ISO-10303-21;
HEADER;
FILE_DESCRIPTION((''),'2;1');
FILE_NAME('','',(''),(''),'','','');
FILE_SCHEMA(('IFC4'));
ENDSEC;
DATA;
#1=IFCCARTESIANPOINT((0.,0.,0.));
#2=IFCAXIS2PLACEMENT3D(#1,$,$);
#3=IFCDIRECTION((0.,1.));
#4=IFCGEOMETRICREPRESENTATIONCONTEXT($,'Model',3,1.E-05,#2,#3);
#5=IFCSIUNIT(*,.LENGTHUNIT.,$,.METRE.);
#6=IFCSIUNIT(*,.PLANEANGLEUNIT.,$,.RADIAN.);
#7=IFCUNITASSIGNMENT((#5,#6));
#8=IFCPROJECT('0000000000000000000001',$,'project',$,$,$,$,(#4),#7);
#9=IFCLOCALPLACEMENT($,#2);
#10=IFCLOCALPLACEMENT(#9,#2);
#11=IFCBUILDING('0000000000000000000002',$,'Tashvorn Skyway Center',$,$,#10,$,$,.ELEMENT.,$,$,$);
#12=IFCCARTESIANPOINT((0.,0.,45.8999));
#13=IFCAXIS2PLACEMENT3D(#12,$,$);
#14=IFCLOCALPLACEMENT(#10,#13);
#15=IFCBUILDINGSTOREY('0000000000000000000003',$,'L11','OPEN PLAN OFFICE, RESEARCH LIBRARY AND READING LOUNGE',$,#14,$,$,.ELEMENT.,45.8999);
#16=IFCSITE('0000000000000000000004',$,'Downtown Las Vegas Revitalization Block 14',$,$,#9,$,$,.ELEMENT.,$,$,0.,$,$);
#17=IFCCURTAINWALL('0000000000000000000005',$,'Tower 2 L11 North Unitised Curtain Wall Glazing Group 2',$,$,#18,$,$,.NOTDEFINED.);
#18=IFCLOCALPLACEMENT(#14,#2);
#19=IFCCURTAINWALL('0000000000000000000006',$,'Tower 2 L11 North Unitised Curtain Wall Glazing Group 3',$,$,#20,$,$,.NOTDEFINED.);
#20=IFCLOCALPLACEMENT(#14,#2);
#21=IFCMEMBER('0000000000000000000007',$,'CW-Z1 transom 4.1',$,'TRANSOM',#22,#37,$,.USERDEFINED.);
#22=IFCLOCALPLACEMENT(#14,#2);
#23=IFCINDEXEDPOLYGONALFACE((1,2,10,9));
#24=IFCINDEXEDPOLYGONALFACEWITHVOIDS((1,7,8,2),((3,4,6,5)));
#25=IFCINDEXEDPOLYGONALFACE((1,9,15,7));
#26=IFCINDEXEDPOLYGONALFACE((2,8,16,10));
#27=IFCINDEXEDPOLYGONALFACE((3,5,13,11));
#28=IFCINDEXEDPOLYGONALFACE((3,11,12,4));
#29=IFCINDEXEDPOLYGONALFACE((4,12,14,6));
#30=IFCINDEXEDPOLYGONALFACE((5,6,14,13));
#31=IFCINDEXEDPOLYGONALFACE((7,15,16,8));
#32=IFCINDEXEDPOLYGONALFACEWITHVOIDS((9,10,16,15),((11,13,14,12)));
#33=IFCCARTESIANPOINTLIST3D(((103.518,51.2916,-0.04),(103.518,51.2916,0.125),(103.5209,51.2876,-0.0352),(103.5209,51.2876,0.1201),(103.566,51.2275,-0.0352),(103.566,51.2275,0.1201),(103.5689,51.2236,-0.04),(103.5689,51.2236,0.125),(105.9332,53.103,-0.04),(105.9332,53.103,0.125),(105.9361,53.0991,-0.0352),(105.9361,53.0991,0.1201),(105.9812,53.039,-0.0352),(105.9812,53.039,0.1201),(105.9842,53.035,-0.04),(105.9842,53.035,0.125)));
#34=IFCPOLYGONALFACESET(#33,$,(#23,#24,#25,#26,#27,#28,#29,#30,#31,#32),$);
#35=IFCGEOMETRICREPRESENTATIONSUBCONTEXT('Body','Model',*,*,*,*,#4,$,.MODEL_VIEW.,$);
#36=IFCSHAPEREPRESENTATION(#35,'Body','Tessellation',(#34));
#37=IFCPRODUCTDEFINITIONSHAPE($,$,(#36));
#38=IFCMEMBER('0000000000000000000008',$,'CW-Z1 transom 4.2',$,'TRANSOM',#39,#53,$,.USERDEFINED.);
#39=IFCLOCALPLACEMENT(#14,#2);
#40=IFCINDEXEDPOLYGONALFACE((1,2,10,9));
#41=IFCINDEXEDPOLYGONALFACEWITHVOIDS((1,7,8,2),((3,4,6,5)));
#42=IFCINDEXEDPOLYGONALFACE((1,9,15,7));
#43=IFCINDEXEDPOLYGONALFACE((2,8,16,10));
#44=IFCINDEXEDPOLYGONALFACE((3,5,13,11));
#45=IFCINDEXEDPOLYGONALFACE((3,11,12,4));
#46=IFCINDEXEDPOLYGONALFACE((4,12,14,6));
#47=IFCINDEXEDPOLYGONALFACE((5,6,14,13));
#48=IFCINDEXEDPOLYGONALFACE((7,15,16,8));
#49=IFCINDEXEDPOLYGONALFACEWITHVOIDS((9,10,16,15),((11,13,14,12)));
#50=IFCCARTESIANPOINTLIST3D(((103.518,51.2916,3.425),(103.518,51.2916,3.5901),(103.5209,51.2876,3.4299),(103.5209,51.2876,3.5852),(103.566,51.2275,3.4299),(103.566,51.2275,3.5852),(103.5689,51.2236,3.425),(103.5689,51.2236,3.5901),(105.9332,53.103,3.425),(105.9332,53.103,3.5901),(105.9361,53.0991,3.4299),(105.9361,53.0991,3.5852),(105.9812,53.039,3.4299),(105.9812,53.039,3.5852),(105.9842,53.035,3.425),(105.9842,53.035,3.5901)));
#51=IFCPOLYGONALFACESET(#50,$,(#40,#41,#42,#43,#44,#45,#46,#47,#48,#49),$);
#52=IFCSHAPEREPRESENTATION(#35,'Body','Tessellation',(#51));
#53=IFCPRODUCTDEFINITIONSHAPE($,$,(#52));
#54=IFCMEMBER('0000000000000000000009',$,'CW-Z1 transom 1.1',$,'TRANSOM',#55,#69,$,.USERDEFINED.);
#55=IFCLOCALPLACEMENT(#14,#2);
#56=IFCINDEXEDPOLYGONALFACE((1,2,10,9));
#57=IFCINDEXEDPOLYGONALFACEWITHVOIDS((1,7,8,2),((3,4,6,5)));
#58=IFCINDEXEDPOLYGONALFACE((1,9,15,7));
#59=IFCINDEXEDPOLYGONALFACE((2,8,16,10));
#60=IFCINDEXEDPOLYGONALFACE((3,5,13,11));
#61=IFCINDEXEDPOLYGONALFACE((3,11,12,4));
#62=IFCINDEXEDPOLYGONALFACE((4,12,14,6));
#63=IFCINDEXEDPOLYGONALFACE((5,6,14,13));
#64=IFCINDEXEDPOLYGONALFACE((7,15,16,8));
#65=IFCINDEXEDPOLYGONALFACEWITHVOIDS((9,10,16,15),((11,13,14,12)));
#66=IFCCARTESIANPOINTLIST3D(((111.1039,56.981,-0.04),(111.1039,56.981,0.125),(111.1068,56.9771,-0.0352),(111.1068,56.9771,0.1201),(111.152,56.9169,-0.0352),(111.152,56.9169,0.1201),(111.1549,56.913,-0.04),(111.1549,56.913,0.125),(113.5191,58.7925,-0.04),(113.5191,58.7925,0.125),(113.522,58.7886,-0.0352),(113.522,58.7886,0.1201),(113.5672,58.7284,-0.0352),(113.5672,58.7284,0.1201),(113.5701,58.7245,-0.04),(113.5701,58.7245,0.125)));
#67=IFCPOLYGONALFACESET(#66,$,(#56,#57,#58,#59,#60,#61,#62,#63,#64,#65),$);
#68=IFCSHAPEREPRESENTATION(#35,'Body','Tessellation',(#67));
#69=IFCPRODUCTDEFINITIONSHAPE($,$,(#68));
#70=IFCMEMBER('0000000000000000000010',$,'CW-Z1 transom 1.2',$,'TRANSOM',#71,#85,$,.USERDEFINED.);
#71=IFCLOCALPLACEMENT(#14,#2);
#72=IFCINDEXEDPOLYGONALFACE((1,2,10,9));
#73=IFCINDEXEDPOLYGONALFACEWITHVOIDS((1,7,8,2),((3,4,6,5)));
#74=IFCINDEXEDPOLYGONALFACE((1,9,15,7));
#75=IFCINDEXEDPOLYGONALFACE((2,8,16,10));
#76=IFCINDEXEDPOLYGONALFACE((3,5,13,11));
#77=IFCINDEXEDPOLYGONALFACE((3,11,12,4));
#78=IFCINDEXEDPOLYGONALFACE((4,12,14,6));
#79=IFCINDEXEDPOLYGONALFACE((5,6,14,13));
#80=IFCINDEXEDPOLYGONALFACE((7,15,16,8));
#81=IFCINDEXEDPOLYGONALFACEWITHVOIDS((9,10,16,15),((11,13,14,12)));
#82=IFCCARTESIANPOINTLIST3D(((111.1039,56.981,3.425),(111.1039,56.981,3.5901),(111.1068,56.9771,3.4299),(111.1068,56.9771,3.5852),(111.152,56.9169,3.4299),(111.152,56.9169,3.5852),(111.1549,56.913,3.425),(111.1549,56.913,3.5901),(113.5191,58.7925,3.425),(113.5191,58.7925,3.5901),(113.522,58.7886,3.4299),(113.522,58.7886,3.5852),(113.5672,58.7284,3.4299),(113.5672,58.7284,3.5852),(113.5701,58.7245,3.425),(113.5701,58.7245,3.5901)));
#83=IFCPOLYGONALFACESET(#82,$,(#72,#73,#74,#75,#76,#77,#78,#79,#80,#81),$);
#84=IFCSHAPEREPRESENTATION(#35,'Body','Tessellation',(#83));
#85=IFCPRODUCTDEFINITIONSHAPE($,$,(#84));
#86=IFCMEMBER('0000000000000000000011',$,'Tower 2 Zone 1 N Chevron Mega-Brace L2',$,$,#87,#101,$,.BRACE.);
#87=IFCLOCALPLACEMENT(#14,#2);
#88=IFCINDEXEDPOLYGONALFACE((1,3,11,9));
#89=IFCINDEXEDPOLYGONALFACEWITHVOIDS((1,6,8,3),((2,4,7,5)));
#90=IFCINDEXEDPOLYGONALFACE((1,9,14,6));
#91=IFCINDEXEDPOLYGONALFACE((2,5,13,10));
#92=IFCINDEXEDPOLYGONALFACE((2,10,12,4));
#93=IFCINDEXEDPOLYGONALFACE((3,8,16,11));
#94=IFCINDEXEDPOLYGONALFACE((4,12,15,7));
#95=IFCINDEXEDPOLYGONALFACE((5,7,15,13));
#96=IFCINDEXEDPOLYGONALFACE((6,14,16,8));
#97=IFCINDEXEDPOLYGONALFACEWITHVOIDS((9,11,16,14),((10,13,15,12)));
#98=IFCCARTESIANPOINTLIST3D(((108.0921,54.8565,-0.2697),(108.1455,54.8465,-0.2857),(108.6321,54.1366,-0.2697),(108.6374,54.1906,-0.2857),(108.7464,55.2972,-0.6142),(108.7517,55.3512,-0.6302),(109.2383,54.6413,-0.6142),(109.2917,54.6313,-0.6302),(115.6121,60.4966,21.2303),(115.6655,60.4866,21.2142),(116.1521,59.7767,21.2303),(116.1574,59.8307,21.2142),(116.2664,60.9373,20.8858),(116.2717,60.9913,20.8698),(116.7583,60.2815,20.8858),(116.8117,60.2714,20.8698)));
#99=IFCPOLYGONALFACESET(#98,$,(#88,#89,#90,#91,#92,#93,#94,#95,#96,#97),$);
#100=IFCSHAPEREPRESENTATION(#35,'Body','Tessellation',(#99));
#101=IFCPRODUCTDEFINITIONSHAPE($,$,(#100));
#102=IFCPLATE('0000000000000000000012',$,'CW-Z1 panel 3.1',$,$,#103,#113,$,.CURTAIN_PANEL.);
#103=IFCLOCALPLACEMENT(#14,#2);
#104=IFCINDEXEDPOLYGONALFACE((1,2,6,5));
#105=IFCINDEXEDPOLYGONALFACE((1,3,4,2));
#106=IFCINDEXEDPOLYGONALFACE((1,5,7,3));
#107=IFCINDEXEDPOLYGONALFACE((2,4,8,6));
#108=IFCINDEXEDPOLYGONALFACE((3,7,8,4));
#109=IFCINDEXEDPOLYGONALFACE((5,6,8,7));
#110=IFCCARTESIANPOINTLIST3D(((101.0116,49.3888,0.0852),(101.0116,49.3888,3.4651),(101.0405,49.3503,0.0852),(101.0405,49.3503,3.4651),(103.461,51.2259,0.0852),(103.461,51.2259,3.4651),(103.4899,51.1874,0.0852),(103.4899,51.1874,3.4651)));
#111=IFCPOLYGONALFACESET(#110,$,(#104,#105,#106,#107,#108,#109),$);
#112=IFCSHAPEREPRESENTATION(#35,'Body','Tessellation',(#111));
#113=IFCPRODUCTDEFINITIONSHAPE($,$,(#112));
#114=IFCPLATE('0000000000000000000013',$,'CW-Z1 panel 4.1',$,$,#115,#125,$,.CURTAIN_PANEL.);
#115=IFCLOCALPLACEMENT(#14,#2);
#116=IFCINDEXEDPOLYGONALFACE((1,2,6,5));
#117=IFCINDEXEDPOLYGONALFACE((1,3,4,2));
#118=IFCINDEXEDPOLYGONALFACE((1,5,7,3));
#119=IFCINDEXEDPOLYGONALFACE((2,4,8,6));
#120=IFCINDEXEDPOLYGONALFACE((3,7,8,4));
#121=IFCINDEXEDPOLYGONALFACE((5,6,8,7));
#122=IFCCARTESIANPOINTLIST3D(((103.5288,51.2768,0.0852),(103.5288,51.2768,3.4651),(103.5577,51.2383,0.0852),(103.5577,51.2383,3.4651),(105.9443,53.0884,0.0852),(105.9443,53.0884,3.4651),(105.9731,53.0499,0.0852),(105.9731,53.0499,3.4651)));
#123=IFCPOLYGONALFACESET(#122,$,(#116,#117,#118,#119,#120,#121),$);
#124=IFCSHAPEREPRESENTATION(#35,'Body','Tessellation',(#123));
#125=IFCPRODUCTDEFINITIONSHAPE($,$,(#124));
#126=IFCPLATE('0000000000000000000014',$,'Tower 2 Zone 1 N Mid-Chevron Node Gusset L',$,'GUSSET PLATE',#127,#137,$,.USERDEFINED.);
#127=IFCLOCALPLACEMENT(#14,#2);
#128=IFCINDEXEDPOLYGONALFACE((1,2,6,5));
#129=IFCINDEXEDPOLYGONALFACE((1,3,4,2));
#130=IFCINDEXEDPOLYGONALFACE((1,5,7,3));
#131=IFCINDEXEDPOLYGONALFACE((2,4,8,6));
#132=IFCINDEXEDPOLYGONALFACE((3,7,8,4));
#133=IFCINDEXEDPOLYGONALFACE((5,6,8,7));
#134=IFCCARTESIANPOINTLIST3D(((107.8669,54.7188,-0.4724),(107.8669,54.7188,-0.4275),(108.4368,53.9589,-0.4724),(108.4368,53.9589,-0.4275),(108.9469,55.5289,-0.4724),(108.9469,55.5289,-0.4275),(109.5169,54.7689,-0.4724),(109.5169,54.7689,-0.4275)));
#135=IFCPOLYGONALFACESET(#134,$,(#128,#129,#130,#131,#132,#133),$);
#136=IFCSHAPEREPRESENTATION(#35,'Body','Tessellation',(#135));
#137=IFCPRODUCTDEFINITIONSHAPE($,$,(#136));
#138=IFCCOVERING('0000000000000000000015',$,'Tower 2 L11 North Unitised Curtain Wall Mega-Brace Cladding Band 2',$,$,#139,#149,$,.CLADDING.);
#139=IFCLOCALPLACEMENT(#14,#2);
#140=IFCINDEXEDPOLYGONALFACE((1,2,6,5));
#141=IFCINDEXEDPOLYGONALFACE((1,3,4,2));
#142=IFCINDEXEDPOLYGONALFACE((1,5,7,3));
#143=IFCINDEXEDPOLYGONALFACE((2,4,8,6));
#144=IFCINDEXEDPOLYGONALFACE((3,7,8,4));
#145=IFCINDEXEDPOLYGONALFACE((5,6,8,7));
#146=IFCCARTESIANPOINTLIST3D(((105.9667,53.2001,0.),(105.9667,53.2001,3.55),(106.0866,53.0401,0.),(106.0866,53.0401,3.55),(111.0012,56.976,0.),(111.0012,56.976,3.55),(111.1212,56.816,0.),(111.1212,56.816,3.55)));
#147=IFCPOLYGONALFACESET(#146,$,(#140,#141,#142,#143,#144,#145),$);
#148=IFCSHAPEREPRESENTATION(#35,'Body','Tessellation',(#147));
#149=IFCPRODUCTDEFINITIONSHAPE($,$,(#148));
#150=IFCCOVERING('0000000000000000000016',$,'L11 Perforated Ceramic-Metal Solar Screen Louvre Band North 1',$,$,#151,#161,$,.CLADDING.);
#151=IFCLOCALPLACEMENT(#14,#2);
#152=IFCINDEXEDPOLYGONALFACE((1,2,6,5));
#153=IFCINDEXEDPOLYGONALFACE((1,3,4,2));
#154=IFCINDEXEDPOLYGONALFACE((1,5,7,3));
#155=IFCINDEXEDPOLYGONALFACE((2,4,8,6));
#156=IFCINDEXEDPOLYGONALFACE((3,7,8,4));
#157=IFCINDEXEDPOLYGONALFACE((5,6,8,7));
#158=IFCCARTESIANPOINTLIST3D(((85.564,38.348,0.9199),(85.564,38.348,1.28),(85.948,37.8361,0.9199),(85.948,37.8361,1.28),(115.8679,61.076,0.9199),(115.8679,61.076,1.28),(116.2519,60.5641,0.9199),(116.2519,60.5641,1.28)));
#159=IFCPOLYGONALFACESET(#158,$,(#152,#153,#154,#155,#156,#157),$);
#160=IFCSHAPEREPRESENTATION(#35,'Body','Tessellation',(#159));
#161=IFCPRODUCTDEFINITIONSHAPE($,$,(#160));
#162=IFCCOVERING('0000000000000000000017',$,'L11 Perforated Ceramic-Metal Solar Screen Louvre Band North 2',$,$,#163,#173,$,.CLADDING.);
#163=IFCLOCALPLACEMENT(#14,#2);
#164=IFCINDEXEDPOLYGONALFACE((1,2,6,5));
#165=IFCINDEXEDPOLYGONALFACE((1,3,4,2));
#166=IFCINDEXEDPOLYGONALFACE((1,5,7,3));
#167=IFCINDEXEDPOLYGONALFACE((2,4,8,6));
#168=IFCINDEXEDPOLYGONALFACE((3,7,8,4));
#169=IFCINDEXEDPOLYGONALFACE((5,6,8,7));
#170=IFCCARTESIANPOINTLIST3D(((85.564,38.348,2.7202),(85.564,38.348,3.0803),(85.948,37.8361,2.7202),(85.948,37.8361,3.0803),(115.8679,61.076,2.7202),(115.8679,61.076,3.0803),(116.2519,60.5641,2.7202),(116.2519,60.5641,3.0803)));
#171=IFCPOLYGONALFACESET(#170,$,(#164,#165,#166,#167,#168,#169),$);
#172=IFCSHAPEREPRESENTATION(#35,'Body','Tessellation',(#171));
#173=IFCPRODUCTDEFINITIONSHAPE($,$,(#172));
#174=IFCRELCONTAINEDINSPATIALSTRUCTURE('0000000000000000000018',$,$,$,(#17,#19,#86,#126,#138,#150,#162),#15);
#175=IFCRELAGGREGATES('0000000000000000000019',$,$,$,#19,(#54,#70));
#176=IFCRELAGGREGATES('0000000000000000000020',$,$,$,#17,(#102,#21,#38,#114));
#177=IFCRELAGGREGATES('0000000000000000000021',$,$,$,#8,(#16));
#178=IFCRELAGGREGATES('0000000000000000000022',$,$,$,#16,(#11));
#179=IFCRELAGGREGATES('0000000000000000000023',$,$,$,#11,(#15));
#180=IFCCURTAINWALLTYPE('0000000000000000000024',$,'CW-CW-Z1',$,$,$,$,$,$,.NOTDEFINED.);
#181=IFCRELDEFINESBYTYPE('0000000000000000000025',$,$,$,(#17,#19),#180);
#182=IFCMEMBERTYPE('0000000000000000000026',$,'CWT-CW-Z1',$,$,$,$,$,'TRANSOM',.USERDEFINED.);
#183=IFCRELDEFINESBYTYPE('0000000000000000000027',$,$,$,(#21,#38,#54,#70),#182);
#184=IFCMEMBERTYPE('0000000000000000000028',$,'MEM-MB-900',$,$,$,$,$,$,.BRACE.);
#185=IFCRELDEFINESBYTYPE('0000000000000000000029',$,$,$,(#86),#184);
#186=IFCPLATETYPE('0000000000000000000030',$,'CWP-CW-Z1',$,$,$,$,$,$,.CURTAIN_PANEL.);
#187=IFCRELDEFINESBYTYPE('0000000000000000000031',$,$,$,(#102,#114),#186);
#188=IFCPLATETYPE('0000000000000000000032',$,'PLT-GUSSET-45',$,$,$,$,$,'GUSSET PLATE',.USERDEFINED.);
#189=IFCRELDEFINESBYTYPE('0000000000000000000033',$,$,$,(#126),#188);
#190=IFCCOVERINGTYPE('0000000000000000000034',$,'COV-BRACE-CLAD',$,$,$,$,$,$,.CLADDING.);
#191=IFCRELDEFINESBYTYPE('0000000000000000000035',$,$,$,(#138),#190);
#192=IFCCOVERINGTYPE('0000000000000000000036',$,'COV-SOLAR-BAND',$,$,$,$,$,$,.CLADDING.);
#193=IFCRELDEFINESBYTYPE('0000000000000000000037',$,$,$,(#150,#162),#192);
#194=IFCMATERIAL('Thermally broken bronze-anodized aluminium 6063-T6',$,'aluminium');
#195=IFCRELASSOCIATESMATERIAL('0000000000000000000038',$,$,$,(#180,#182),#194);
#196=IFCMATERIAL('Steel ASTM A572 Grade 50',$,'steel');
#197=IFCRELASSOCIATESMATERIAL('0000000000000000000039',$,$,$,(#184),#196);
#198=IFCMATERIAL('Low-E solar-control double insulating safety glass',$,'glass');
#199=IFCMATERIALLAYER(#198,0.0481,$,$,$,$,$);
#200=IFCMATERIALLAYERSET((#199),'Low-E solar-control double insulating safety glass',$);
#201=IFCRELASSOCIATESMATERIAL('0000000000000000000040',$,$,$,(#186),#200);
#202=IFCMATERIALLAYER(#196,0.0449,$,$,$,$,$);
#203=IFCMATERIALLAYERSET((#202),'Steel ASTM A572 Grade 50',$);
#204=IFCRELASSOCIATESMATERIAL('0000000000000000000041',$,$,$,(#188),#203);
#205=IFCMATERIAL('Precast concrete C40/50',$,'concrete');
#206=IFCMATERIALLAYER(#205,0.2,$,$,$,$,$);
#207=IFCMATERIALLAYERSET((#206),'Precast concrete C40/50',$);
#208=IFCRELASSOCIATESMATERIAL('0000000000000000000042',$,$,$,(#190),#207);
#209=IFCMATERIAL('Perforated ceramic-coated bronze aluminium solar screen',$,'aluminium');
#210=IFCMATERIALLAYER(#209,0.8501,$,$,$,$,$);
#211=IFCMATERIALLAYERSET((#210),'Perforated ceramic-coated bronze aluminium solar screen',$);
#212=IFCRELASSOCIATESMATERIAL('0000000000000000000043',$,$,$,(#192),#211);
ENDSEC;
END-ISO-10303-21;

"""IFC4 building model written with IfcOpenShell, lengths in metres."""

from ifc_helpers import new_model, si_unit, direction, frame, origin, origin_2d, place, context, subcontext, project, spatial, rectangle, hollow_rectangle, extrude, material, layer, layer_set, material_profile, profile_set, type_object, element, aggregate, save


model = new_model("IFC4")

# Units and contexts
model_context = context("Model", 3, precision=1e-05, world=origin(), true_north=direction((0.0, 1.0)))
body_context = subcontext(model_context, "Body", "Model", "MODEL_VIEW")
ifc_project = project(units=[si_unit("LENGTHUNIT", "METRE"), si_unit("PLANEANGLEUNIT", "RADIAN")], contexts=[model_context])

# Site, building, storey
site_placement = place(None, origin())
site = spatial("IfcSite", under=ifc_project, at=site_placement, Name="Downtown Las Vegas Revitalization Block 14", CompositionType="ELEMENT", RefElevation=0.0)
building_placement = place(site_placement, origin())
building = spatial("IfcBuilding", under=site, at=building_placement, Name="Tashvorn Skyway Center", CompositionType="ELEMENT")
storey_placement = place(building_placement, frame((0.0, 0.0, 45.8999)))
storey = spatial("IfcBuildingStorey", under=building, at=storey_placement, Name="L11", Description="OPEN PLAN OFFICE, RESEARCH LIBRARY AND READING LOUNGE", CompositionType="ELEMENT", Elevation=45.8999)

# Shared definitions
ifc_material_1 = material(Name="Steel ASTM A572 Grade 50", Category="steel")

# Curtain wall
ifc_material_2 = material(Name="Thermally broken bronze-anodized aluminium 6063-T6", Category="aluminium")
curtain_wall_type = type_object("IfcCurtainWallType", Name="CW-CW-Z1", PredefinedType="NOTDEFINED", material=ifc_material_2)
curtain_wall_1_placement = place(storey_placement, origin())
curtain_wall_1 = element("IfcCurtainWall", 1, at=curtain_wall_1_placement, inside=storey, type_object=curtain_wall_type, Name="Tower 2 L11 North Unitised Curtain Wall Glazing Group 2", PredefinedType="NOTDEFINED")

# Curtain wall
curtain_wall_2_placement = place(storey_placement, origin())
curtain_wall_2 = element("IfcCurtainWall", 2, at=curtain_wall_2_placement, inside=storey, type_object=curtain_wall_type, Name="Tower 2 L11 North Unitised Curtain Wall Glazing Group 3", PredefinedType="NOTDEFINED")

# Members
ifc_material_profile_1 = material_profile(ifc_material_2, hollow_rectangle(XDim=0.085, YDim=0.165, WallThickness=0.0049, at=origin_2d()), Name="ALU-TRAN-85x165")
ifc_profile_set_1 = profile_set([ifc_material_profile_1], Name="Thermally broken bronze-anodized aluminium 6063-T6")
member_type_1 = type_object("IfcMemberType", Name="CWT-CW-Z1", ElementType="TRANSOM", PredefinedType="USERDEFINED", material=ifc_profile_set_1)
member_1_placement = place(storey_placement, frame((103.5435, 51.2576, 0.0425), z_axis=(0.79999, 0.600013, 0.0), x_axis=(-0.600013, 0.79999, 0.0)))
member_1 = element("IfcMember", 3, at=member_1_placement, type_object=member_type_1, Name="CW-Z1 transom 4.1", ObjectType="TRANSOM", PredefinedType="USERDEFINED", context=body_context, shape_type="SweptSolid", body=[
    extrude(hollow_rectangle(XDim=0.085, YDim=0.165, WallThickness=0.0049, at=origin_2d()), origin(), (0.0, 0.0, 1.0), 3.019),
])
member_2_placement = place(storey_placement, frame((103.5435, 51.2576, 3.5076), z_axis=(0.79999, 0.600013, 0.0), x_axis=(-0.600013, 0.79999, 0.0)))
member_2 = element("IfcMember", 4, at=member_2_placement, type_object=member_type_1, Name="CW-Z1 transom 4.2", ObjectType="TRANSOM", PredefinedType="USERDEFINED", context=body_context, shape_type="SweptSolid", body=[
    extrude(hollow_rectangle(XDim=0.085, YDim=0.165, WallThickness=0.0049, at=origin_2d()), origin(), (0.0, 0.0, 1.0), 3.019),
])
member_3_placement = place(storey_placement, frame((111.1294, 56.947, 0.0425), z_axis=(0.79999, 0.600013, 0.0), x_axis=(-0.600013, 0.79999, 0.0)))
member_3 = element("IfcMember", 5, at=member_3_placement, type_object=member_type_1, Name="CW-Z1 transom 1.1", ObjectType="TRANSOM", PredefinedType="USERDEFINED", context=body_context, shape_type="SweptSolid", body=[
    extrude(hollow_rectangle(XDim=0.085, YDim=0.165, WallThickness=0.0049, at=origin_2d()), origin(), (0.0, 0.0, 1.0), 3.019),
])
member_4_placement = place(storey_placement, frame((111.1294, 56.947, 3.5076), z_axis=(0.79999, 0.600013, 0.0), x_axis=(-0.600013, 0.79999, 0.0)))
member_4 = element("IfcMember", 6, at=member_4_placement, type_object=member_type_1, Name="CW-Z1 transom 1.2", ObjectType="TRANSOM", PredefinedType="USERDEFINED", context=body_context, shape_type="SweptSolid", body=[
    extrude(hollow_rectangle(XDim=0.085, YDim=0.165, WallThickness=0.0049, at=origin_2d()), origin(), (0.0, 0.0, 1.0), 3.019),
])
aggregate(curtain_wall_2, [member_3, member_4])
ifc_material_profile_2 = material_profile(ifc_material_1, hollow_rectangle(XDim=0.8999, YDim=0.8999, WallThickness=0.04, at=origin_2d()), Name="BOX900x900x40")
ifc_profile_set_2 = profile_set([ifc_material_profile_2], Name="Steel ASTM A572 Grade 50")
member_type_2 = type_object("IfcMemberType", Name="MEM-MB-900", PredefinedType="BRACE", material=ifc_profile_set_2)
member_5_placement = place(storey_placement, frame((108.6919, 54.7439, -0.45), z_axis=(0.320477, 0.240363, 0.916254), x_axis=(-0.600008, 0.799994, 0.0)))
element("IfcMember", 7, at=member_5_placement, inside=storey, type_object=member_type_2, Name="Tower 2 Zone 1 N Chevron Mega-Brace L2", PredefinedType="BRACE", context=body_context, shape_type="SweptSolid", body=[
    extrude(hollow_rectangle(XDim=0.8999, YDim=0.8999, WallThickness=0.04, at=origin_2d()), origin(), (0.0, 0.0, 1.0), 23.4651),
])

# Plates
ifc_material_3 = material(Name="Low-E solar-control double insulating safety glass", Category="glass")
ifc_layer_1 = layer(ifc_material_3, 0.0481)
ifc_layer_set_1 = layer_set([ifc_layer_1], Name="Low-E solar-control double insulating safety glass")
plate_type_1 = type_object("IfcPlateType", Name="CWP-CW-Z1", PredefinedType="CURTAIN_PANEL", material=ifc_layer_set_1)
plate_1_placement = place(storey_placement, frame((102.2507, 50.2881, 0.0852), z_axis=(0.0, 0.0, 1.0), x_axis=(0.800002, 0.599997, 0.0)))
plate_1 = element("IfcPlate", 8, at=plate_1_placement, type_object=plate_type_1, Name="CW-Z1 panel 3.1", PredefinedType="CURTAIN_PANEL", context=body_context, shape_type="SweptSolid", body=[
    extrude(rectangle(XDim=3.0618, YDim=0.0481, at=origin_2d()), origin(), (0.0, 0.0, 1.0), 3.3799),
])
plate_2_placement = place(storey_placement, frame((104.751, 52.1633, 0.0852), z_axis=(0.0, 0.0, 1.0), x_axis=(0.800002, 0.599997, 0.0)))
plate_2 = element("IfcPlate", 9, at=plate_2_placement, type_object=plate_type_1, Name="CW-Z1 panel 4.1", PredefinedType="CURTAIN_PANEL", context=body_context, shape_type="SweptSolid", body=[
    extrude(rectangle(XDim=3.0193, YDim=0.0481, at=origin_2d()), origin(), (0.0, 0.0, 1.0), 3.3799),
])
aggregate(curtain_wall_1, [plate_1, member_1, member_2, plate_2])
ifc_layer_2 = layer(ifc_material_1, 0.0449)
ifc_layer_set_2 = layer_set([ifc_layer_2], Name="Steel ASTM A572 Grade 50")
plate_type_2 = type_object("IfcPlateType", Name="PLT-GUSSET-45", ElementType="GUSSET PLATE", PredefinedType="USERDEFINED", material=ifc_layer_set_2)
plate_3_placement = place(storey_placement, frame((108.6919, 54.7439, -0.4724), z_axis=(0.0, 0.0, 1.0), x_axis=(-0.8, -0.6, 0.0)))
element("IfcPlate", 10, at=plate_3_placement, inside=storey, type_object=plate_type_2, Name="Tower 2 Zone 1 N Mid-Chevron Node Gusset L", ObjectType="GUSSET PLATE", PredefinedType="USERDEFINED", context=body_context, shape_type="SweptSolid", body=[
    extrude(rectangle(XDim=1.3501, YDim=0.95, at=origin_2d()), origin(), (0.0, 0.0, 1.0), 0.0449),
])

# Coverings
ifc_material_4 = material(Name="Precast concrete C40/50", Category="concrete")
ifc_layer_3 = layer(ifc_material_4, 0.2)
ifc_layer_set_3 = layer_set([ifc_layer_3], Name="Precast concrete C40/50")
covering_type_1 = type_object("IfcCoveringType", Name="COV-BRACE-CLAD", PredefinedType="CLADDING", material=ifc_layer_set_3)
covering_placement = place(storey_placement, frame((108.5439, 55.0081, 0.0), z_axis=(0.0, 0.0, 1.0), x_axis=(0.8, 0.6, 0.0)))
element("IfcCovering", 11, at=covering_placement, inside=storey, type_object=covering_type_1, Name="Tower 2 L11 North Unitised Curtain Wall Mega-Brace Cladding Band 2", PredefinedType="CLADDING", context=body_context, shape_type="SweptSolid", body=[
    extrude(rectangle(XDim=6.2932, YDim=0.2, at=origin_2d()), origin(), (0.0, 0.0, 1.0), 3.55),
])
ifc_material_5 = material(Name="Perforated ceramic-coated bronze aluminium solar screen", Category="aluminium")
ifc_layer_4 = layer(ifc_material_5, 0.8501)
ifc_layer_set_4 = layer_set([ifc_layer_4], Name="Perforated ceramic-coated bronze aluminium solar screen")
covering_type_2 = type_object("IfcCoveringType", Name="COV-SOLAR-BAND", PredefinedType="CLADDING", material=ifc_layer_set_4)
for number, where, z_axis, x_axis, name in (
    (12, (100.908, 49.4561, 0.9199), (0.0, 0.0, 1.0), (0.8, 0.6, 0.0), "L11 Perforated Ceramic-Metal Solar Screen Louvre Band North 1"),
    (13, (100.908, 49.4561, 2.7202), (0.0, 0.0, 1.0), (0.8, 0.6, 0.0), "L11 Perforated Ceramic-Metal Solar Screen Louvre Band North 2"),
):
    element("IfcCovering", number, at=place(storey_placement, frame(where, z_axis=z_axis, x_axis=x_axis)), inside=storey, type_object=covering_type_2, Name=name, PredefinedType="CLADDING", context=body_context, shape_type="SweptSolid", body=[
        extrude(rectangle(XDim=37.8799, YDim=0.6399, at=origin_2d()), origin(), (0.0, 0.0, 1.0), 0.3601),
    ])

save(model, "model.ifc")
